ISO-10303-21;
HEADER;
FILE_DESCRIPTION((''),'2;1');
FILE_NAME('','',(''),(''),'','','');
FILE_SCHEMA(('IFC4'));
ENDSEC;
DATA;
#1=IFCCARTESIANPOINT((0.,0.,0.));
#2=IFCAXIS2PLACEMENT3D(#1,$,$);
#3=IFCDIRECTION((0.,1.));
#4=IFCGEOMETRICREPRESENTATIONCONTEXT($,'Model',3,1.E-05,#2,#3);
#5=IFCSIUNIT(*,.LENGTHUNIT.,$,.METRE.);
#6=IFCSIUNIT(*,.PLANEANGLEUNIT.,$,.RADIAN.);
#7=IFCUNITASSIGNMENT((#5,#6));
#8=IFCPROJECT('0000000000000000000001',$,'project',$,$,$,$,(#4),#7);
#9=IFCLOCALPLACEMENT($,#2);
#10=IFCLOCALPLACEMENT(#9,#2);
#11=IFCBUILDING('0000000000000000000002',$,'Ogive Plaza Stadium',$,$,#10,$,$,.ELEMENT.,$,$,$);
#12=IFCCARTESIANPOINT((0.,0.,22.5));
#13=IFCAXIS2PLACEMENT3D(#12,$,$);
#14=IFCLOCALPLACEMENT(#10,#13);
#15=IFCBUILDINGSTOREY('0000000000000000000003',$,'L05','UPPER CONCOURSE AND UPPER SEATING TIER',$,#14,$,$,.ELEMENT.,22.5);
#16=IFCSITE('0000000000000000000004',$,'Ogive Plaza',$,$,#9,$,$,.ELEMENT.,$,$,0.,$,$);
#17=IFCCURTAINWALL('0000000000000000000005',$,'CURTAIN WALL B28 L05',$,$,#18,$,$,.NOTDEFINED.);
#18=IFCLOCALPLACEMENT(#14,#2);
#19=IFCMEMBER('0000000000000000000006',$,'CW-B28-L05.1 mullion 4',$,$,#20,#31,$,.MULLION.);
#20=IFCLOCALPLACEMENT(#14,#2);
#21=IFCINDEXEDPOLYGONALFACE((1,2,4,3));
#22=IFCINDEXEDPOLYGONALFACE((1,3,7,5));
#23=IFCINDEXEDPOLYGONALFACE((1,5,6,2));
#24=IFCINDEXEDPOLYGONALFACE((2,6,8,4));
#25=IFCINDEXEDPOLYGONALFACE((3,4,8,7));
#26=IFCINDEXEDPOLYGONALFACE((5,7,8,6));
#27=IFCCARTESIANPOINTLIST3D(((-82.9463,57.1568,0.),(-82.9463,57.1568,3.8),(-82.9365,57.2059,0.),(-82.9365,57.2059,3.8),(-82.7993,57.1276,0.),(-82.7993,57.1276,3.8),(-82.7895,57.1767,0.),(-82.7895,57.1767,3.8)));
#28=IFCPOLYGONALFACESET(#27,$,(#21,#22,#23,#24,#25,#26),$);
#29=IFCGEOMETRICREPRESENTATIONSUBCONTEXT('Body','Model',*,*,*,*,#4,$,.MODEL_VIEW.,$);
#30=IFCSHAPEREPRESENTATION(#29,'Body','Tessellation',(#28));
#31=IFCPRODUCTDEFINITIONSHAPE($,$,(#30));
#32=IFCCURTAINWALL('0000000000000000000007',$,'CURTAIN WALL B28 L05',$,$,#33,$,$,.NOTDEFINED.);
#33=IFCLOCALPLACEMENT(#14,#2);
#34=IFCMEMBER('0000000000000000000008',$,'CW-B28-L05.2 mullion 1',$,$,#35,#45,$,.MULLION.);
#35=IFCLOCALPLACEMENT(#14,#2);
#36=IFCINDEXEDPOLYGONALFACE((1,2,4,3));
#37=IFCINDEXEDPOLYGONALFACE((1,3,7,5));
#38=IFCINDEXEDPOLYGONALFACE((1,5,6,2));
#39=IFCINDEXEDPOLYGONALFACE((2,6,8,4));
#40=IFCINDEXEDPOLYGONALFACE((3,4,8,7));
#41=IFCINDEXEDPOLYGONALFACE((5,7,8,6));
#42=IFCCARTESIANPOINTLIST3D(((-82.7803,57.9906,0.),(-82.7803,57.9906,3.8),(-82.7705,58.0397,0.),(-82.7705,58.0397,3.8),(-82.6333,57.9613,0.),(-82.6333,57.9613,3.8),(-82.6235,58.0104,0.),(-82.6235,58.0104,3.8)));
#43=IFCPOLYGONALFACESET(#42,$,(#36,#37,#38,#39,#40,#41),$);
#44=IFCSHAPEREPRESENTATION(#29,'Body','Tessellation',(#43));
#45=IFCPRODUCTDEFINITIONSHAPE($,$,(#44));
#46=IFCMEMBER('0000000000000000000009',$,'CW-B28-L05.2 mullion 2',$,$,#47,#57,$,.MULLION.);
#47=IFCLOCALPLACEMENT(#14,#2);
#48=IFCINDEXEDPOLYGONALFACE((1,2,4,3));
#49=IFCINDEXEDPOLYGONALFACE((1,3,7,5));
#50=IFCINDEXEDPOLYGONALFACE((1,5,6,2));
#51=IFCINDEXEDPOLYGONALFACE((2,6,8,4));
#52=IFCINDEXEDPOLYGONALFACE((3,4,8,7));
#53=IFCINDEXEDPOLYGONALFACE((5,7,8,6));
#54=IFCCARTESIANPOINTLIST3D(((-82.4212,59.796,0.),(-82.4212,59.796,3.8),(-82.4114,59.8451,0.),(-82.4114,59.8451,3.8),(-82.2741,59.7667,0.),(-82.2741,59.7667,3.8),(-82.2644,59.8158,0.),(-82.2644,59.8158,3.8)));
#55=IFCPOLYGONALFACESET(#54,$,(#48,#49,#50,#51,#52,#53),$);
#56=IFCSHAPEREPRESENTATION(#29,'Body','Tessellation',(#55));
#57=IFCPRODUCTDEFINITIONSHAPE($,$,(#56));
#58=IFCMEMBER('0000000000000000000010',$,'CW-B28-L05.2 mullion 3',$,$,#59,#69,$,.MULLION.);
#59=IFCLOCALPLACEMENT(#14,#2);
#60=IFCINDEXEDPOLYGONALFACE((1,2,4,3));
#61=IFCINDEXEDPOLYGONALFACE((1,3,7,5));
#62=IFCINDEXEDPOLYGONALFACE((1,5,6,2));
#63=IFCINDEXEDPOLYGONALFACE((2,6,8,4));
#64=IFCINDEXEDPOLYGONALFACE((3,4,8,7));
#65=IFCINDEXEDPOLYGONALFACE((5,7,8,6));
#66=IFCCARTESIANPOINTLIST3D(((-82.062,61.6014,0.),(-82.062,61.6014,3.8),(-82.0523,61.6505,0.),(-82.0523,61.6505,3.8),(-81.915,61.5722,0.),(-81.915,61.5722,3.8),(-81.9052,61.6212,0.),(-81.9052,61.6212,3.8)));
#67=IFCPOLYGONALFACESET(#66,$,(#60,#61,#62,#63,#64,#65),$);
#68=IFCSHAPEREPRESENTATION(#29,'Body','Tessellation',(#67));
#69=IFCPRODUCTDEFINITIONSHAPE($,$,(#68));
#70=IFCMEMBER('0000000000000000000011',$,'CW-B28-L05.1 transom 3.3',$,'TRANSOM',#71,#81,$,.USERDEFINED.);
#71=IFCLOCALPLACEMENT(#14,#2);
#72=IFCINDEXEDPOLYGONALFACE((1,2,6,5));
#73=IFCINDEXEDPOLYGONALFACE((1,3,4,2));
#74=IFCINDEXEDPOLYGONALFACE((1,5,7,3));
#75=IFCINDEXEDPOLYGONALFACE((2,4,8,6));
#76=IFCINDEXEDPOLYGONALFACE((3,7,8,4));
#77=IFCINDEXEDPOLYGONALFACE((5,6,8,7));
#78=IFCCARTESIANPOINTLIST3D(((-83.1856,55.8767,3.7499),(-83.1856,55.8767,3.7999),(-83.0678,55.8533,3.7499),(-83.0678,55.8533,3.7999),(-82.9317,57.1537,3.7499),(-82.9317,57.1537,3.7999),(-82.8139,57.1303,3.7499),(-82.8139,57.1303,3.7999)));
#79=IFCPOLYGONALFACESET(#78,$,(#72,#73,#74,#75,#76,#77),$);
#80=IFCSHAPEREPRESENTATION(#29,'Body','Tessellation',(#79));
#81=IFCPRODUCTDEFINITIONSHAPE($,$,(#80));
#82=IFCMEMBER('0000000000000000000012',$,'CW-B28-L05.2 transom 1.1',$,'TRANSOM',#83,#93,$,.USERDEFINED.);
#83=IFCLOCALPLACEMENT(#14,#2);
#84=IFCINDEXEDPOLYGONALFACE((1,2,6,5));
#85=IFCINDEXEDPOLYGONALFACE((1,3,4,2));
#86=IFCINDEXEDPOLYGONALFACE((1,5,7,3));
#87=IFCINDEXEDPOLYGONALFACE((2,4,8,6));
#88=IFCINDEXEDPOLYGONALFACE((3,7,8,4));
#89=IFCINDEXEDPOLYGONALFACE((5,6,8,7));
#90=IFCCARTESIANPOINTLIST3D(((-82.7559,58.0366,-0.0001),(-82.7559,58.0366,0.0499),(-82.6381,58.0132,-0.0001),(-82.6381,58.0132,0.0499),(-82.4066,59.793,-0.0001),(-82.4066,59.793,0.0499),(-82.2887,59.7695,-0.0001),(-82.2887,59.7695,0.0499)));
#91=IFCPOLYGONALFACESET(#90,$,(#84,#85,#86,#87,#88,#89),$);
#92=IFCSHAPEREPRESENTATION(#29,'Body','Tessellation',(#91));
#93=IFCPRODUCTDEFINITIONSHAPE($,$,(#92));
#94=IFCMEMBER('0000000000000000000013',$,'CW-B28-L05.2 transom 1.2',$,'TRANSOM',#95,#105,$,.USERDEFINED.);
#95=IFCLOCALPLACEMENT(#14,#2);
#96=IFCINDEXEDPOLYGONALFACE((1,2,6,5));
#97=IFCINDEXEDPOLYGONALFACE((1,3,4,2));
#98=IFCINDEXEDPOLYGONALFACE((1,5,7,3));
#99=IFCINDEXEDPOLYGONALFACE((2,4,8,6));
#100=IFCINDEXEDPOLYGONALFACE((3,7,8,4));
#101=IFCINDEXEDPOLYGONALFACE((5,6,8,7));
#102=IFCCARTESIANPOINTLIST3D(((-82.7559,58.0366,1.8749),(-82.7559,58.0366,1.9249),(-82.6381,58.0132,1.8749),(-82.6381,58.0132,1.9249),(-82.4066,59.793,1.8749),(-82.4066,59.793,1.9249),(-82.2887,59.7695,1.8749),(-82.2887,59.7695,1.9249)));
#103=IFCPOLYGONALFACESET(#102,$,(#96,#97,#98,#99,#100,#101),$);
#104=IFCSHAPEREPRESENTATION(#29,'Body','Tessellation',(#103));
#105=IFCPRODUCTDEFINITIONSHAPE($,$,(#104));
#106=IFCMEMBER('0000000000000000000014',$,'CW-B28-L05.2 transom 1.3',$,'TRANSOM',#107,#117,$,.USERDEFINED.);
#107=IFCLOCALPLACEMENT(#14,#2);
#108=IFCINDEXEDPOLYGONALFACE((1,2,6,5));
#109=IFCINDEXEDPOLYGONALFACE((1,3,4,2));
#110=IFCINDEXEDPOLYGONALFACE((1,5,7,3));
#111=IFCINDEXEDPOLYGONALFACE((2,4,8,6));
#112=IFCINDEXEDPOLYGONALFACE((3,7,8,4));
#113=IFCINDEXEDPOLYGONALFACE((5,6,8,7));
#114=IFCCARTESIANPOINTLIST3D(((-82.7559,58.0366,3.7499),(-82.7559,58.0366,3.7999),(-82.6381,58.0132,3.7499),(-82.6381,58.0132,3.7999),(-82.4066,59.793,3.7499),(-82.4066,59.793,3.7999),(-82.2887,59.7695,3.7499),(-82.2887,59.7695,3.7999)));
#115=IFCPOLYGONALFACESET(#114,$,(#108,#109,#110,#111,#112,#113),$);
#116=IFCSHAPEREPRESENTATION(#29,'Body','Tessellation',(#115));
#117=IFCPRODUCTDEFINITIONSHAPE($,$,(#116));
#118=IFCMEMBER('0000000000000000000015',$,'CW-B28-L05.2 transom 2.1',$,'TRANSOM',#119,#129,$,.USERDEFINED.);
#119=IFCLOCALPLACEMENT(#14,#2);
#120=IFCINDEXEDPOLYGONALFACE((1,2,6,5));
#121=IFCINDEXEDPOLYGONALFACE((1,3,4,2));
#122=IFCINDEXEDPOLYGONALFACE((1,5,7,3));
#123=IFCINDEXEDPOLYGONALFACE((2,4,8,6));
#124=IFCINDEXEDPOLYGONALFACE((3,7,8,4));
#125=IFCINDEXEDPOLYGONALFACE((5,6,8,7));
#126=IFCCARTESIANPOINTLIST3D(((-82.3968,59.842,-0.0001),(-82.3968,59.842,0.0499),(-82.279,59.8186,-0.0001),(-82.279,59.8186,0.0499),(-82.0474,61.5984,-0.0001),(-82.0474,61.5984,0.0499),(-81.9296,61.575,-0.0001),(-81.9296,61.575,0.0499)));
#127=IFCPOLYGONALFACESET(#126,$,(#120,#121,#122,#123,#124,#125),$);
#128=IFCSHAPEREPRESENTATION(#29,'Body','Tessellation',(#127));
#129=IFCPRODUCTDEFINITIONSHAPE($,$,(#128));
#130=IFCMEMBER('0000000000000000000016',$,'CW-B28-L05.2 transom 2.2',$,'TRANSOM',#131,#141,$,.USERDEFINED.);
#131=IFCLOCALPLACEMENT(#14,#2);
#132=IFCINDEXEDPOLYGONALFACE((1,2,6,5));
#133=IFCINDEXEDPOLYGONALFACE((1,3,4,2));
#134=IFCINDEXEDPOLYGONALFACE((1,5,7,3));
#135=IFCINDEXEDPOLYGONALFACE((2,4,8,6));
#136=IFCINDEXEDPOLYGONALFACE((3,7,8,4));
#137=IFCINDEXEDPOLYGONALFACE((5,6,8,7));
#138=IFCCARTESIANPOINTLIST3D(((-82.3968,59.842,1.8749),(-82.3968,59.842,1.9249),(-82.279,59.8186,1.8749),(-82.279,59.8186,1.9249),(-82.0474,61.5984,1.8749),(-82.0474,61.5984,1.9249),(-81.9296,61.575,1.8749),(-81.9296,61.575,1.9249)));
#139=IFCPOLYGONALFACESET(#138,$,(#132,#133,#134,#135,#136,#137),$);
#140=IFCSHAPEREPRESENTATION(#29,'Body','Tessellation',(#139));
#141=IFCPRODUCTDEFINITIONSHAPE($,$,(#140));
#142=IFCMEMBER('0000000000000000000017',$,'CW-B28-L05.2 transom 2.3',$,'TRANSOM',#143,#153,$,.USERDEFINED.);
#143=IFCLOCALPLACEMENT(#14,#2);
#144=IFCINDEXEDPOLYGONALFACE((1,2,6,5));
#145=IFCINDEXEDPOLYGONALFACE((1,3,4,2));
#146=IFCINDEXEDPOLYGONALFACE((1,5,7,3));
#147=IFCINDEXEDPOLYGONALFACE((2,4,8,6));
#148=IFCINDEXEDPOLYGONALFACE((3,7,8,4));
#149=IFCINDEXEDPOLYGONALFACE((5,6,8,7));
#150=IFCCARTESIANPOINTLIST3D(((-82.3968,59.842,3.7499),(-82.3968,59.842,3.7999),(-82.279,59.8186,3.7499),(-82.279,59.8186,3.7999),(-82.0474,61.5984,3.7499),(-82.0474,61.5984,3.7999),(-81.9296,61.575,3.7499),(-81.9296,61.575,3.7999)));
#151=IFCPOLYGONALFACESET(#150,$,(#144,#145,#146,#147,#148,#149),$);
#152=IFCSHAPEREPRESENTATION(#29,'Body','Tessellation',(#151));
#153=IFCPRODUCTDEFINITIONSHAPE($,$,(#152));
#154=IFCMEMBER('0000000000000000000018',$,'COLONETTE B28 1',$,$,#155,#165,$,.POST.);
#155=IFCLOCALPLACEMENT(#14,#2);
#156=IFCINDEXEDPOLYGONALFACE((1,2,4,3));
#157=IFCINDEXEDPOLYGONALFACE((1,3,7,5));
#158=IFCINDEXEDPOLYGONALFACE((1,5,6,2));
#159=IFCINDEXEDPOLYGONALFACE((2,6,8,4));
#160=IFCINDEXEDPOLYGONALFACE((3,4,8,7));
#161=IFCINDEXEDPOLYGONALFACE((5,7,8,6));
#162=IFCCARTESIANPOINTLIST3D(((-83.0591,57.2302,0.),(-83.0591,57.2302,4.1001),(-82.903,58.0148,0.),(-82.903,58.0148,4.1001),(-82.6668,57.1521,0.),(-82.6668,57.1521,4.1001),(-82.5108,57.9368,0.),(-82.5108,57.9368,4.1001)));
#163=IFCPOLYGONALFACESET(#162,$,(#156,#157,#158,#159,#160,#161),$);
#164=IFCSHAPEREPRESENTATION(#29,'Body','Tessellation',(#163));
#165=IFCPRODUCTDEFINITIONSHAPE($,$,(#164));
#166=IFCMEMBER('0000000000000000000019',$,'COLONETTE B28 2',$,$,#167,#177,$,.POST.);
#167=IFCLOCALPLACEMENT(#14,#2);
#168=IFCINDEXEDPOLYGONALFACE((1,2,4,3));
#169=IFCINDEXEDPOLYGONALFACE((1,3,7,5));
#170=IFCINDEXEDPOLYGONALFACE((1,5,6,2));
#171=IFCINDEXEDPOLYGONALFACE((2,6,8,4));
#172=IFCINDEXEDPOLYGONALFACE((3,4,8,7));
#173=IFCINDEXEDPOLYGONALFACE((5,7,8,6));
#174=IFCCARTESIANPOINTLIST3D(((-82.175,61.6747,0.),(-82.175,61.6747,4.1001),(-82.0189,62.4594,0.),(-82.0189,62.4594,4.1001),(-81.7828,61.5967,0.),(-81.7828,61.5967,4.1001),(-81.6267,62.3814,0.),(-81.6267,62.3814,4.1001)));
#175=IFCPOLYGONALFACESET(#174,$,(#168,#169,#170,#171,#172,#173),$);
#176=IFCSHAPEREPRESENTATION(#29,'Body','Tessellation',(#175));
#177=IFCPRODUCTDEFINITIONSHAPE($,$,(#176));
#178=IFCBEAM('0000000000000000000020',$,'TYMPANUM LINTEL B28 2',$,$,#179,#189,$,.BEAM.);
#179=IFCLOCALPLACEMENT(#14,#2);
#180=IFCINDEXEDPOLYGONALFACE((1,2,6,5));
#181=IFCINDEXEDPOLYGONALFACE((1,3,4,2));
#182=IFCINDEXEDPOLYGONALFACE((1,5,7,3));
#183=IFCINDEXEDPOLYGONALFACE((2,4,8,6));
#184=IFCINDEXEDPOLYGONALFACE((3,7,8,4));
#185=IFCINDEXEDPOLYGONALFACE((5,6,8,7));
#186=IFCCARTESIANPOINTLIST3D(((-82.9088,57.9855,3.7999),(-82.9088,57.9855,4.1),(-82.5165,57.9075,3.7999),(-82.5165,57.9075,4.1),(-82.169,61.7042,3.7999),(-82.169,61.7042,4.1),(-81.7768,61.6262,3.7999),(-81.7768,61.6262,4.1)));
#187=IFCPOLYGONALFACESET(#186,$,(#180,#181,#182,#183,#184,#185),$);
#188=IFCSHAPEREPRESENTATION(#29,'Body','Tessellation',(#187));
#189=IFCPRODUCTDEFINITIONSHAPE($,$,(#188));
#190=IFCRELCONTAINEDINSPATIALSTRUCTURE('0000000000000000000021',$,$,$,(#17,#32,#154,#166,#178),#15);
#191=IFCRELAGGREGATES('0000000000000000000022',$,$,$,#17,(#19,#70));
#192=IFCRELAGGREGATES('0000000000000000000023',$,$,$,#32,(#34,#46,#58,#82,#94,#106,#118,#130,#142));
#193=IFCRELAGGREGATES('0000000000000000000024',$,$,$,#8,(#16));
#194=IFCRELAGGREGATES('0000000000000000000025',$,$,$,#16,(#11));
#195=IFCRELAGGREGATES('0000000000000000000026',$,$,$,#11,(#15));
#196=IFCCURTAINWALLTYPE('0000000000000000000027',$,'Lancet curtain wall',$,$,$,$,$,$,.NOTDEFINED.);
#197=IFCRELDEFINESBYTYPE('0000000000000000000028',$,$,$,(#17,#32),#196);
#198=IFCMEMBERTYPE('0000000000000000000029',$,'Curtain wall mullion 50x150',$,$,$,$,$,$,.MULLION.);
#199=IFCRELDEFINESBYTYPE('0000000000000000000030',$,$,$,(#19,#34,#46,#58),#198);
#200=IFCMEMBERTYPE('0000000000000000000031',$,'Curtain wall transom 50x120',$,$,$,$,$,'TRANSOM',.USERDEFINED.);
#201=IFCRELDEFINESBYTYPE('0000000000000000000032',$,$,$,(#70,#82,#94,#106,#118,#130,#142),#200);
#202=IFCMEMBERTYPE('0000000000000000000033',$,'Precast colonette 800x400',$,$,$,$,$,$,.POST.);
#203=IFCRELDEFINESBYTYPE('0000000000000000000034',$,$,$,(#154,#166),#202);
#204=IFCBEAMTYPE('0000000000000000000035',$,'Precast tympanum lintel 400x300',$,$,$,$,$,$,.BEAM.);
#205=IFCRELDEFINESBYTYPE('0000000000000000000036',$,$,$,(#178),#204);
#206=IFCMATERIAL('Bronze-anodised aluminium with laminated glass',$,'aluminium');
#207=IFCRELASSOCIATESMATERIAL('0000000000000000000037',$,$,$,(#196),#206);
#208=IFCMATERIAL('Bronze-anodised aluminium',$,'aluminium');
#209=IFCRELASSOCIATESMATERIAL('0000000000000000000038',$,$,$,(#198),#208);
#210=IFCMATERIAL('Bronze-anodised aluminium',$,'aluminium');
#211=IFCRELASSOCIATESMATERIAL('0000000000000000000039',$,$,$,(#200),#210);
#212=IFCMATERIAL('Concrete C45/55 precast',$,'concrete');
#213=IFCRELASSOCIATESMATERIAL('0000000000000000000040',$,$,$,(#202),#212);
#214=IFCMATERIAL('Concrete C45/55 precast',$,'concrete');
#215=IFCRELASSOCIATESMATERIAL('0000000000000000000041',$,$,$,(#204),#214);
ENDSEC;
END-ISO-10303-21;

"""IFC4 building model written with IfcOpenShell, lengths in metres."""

from ifc_helpers import new_model, si_unit, direction, frame, origin, origin_2d, place, context, subcontext, project, spatial, rectangle, extrude, material, material_profile, profile_set, type_object, element, aggregate, save


model = new_model("IFC4")

# Units and contexts
model_context = context("Model", 3, precision=1e-05, world=origin(), true_north=direction((0.0, 1.0)))
body_context = subcontext(model_context, "Body", "Model", "MODEL_VIEW")
ifc_project = project(units=[si_unit("LENGTHUNIT", "METRE"), si_unit("PLANEANGLEUNIT", "RADIAN")], contexts=[model_context])

# Site, building, storey
site_placement = place(None, origin())
site = spatial("IfcSite", under=ifc_project, at=site_placement, Name="Ogive Plaza", CompositionType="ELEMENT", RefElevation=0.0)
building_placement = place(site_placement, origin())
building = spatial("IfcBuilding", under=site, at=building_placement, Name="Ogive Plaza Stadium", CompositionType="ELEMENT")
storey_placement = place(building_placement, frame((0.0, 0.0, 22.5)))
storey = spatial("IfcBuildingStorey", under=building, at=storey_placement, Name="L05", Description="UPPER CONCOURSE AND UPPER SEATING TIER", CompositionType="ELEMENT", Elevation=22.5)

# Curtain wall, member
ifc_material_1 = material(Name="Bronze-anodised aluminium with laminated glass", Category="aluminium")
curtain_wall_type = type_object("IfcCurtainWallType", Name="Lancet curtain wall", PredefinedType="NOTDEFINED", material=ifc_material_1)
curtain_wall_1_placement = place(storey_placement, origin())
curtain_wall_1 = element("IfcCurtainWall", 1, at=curtain_wall_1_placement, inside=storey, type_object=curtain_wall_type, Name="CURTAIN WALL B28 L05", PredefinedType="NOTDEFINED")
ifc_material_2 = material(Name="Bronze-anodised aluminium", Category="aluminium")
ifc_material_profile_1 = material_profile(ifc_material_2, rectangle(XDim=0.1499, YDim=0.05, at=origin_2d()), Name="AL 150x50")
ifc_profile_set_1 = profile_set([ifc_material_profile_1], Name="Bronze-anodised aluminium")
member_type_1 = type_object("IfcMemberType", Name="Curtain wall mullion 50x150", PredefinedType="MULLION", material=ifc_profile_set_1)
member_1_placement = place(storey_placement, frame((-82.8679, 57.1667, 0.0), z_axis=(0.0, 0.0, 1.0), x_axis=(-0.980785, 0.19509, 0.0)))
member_1 = element("IfcMember", 2, at=member_1_placement, type_object=member_type_1, Name="CW-B28-L05.1 mullion 4", PredefinedType="MULLION", context=body_context, shape_type="SweptSolid", body=[
    extrude(rectangle(XDim=0.1499, YDim=0.05, at=origin_2d()), origin(), (0.0, 0.0, 1.0), 3.8),
])

# Curtain wall, members
curtain_wall_2_placement = place(storey_placement, origin())
curtain_wall_2 = element("IfcCurtainWall", 3, at=curtain_wall_2_placement, inside=storey, type_object=curtain_wall_type, Name="CURTAIN WALL B28 L05", PredefinedType="NOTDEFINED")
member_2_placement = place(storey_placement, frame((-82.7019, 58.0005, 0.0), z_axis=(0.0, 0.0, 1.0), x_axis=(-0.980785, 0.19509, 0.0)))
member_2 = element("IfcMember", 4, at=member_2_placement, type_object=member_type_1, Name="CW-B28-L05.2 mullion 1", PredefinedType="MULLION", context=body_context, shape_type="SweptSolid", body=[
    extrude(rectangle(XDim=0.1499, YDim=0.05, at=origin_2d()), origin(), (0.0, 0.0, 1.0), 3.8),
])
member_3_placement = place(storey_placement, frame((-82.3428, 59.8059, 0.0), z_axis=(0.0, 0.0, 1.0), x_axis=(-0.980785, 0.19509, 0.0)))
member_3 = element("IfcMember", 5, at=member_3_placement, type_object=member_type_1, Name="CW-B28-L05.2 mullion 2", PredefinedType="MULLION", context=body_context, shape_type="SweptSolid", body=[
    extrude(rectangle(XDim=0.1499, YDim=0.05, at=origin_2d()), origin(), (0.0, 0.0, 1.0), 3.8),
])
member_4_placement = place(storey_placement, frame((-81.9836, 61.6113, 0.0), z_axis=(0.0, 0.0, 1.0), x_axis=(-0.980785, 0.19509, 0.0)))
member_4 = element("IfcMember", 6, at=member_4_placement, type_object=member_type_1, Name="CW-B28-L05.2 mullion 3", PredefinedType="MULLION", context=body_context, shape_type="SweptSolid", body=[
    extrude(rectangle(XDim=0.1499, YDim=0.05, at=origin_2d()), origin(), (0.0, 0.0, 1.0), 3.8),
])

# Members
ifc_material_3 = material(Name="Bronze-anodised aluminium", Category="aluminium")
ifc_material_profile_2 = material_profile(ifc_material_3, rectangle(XDim=0.1201, YDim=0.05, at=origin_2d()), Name="AL 120x50")
ifc_profile_set_2 = profile_set([ifc_material_profile_2], Name="Bronze-anodised aluminium")
member_type_2 = type_object("IfcMemberType", Name="Curtain wall transom 50x120", ElementType="TRANSOM", PredefinedType="USERDEFINED", material=ifc_profile_set_2)
member_5_placement = place(storey_placement, frame((-83.1267, 55.865, 3.7749), z_axis=(0.194998, 0.980804, 0.0), x_axis=(-0.980804, 0.194998, 0.0)))
member_5 = element("IfcMember", 7, at=member_5_placement, type_object=member_type_2, Name="CW-B28-L05.1 transom 3.3", ObjectType="TRANSOM", PredefinedType="USERDEFINED", context=body_context, shape_type="SweptSolid", body=[
    extrude(rectangle(XDim=0.1201, YDim=0.05, at=origin_2d()), origin(), (0.0, 0.0, 1.0), 1.302),
])
member_6_placement = place(storey_placement, frame((-82.697, 58.0249, 0.0249), z_axis=(0.195094, 0.980785, 0.0), x_axis=(-0.980785, 0.195094, 0.0)))
member_6 = element("IfcMember", 8, at=member_6_placement, type_object=member_type_2, Name="CW-B28-L05.2 transom 1.1", ObjectType="TRANSOM", PredefinedType="USERDEFINED", context=body_context, shape_type="SweptSolid", body=[
    extrude(rectangle(XDim=0.1201, YDim=0.05, at=origin_2d()), origin(), (0.0, 0.0, 1.0), 1.7908),
])
member_7_placement = place(storey_placement, frame((-82.697, 58.0249, 1.8999), z_axis=(0.195094, 0.980785, 0.0), x_axis=(-0.980785, 0.195094, 0.0)))
member_7 = element("IfcMember", 9, at=member_7_placement, type_object=member_type_2, Name="CW-B28-L05.2 transom 1.2", ObjectType="TRANSOM", PredefinedType="USERDEFINED", context=body_context, shape_type="SweptSolid", body=[
    extrude(rectangle(XDim=0.1201, YDim=0.05, at=origin_2d()), origin(), (0.0, 0.0, 1.0), 1.7908),
])
member_8_placement = place(storey_placement, frame((-82.697, 58.0249, 3.7749), z_axis=(0.195094, 0.980785, 0.0), x_axis=(-0.980785, 0.195094, 0.0)))
member_8 = element("IfcMember", 10, at=member_8_placement, type_object=member_type_2, Name="CW-B28-L05.2 transom 1.3", ObjectType="TRANSOM", PredefinedType="USERDEFINED", context=body_context, shape_type="SweptSolid", body=[
    extrude(rectangle(XDim=0.1201, YDim=0.05, at=origin_2d()), origin(), (0.0, 0.0, 1.0), 1.7908),
])
member_9_placement = place(storey_placement, frame((-82.3379, 59.8303, 0.0249), z_axis=(0.195094, 0.980785, 0.0), x_axis=(-0.980785, 0.195094, 0.0)))
member_9 = element("IfcMember", 11, at=member_9_placement, type_object=member_type_2, Name="CW-B28-L05.2 transom 2.1", ObjectType="TRANSOM", PredefinedType="USERDEFINED", context=body_context, shape_type="SweptSolid", body=[
    extrude(rectangle(XDim=0.1201, YDim=0.05, at=origin_2d()), origin(), (0.0, 0.0, 1.0), 1.7908),
])
member_10_placement = place(storey_placement, frame((-82.3379, 59.8303, 1.8999), z_axis=(0.195094, 0.980785, 0.0), x_axis=(-0.980785, 0.195094, 0.0)))
member_10 = element("IfcMember", 12, at=member_10_placement, type_object=member_type_2, Name="CW-B28-L05.2 transom 2.2", ObjectType="TRANSOM", PredefinedType="USERDEFINED", context=body_context, shape_type="SweptSolid", body=[
    extrude(rectangle(XDim=0.1201, YDim=0.05, at=origin_2d()), origin(), (0.0, 0.0, 1.0), 1.7908),
])
member_11_placement = place(storey_placement, frame((-82.3379, 59.8303, 3.7749), z_axis=(0.195094, 0.980785, 0.0), x_axis=(-0.980785, 0.195094, 0.0)))
member_11 = element("IfcMember", 13, at=member_11_placement, type_object=member_type_2, Name="CW-B28-L05.2 transom 2.3", ObjectType="TRANSOM", PredefinedType="USERDEFINED", context=body_context, shape_type="SweptSolid", body=[
    extrude(rectangle(XDim=0.1201, YDim=0.05, at=origin_2d()), origin(), (0.0, 0.0, 1.0), 1.7908),
])

# Members
ifc_material_4 = material(Name="Concrete C45/55 precast", Category="concrete")
ifc_material_profile_3 = material_profile(ifc_material_4, rectangle(XDim=0.3999, YDim=0.8, at=origin_2d()), Name="RC 400x800")
ifc_profile_set_3 = profile_set([ifc_material_profile_3], Name="Concrete C45/55 precast")
member_type_3 = type_object("IfcMemberType", Name="Precast colonette 800x400", PredefinedType="POST", material=ifc_profile_set_3)
for number, where, z_axis, x_axis, name in (
    (14, (-82.7849, 57.5835, 0.0), (0.0, 0.0, 1.0), (-0.980785, 0.19509, 0.0), "COLONETTE B28 1"),
    (15, (-81.9009, 62.0281, 0.0), (0.0, 0.0, 1.0), (-0.980785, 0.19509, 0.0), "COLONETTE B28 2"),
):
    element("IfcMember", number, at=place(storey_placement, frame(where, z_axis=z_axis, x_axis=x_axis)), inside=storey, type_object=member_type_3, Name=name, PredefinedType="POST", context=body_context, shape_type="SweptSolid", body=[
        extrude(rectangle(XDim=0.3999, YDim=0.8, at=origin_2d()), origin(), (0.0, 0.0, 1.0), 4.1001),
    ])

# Beam
ifc_material_5 = material(Name="Concrete C45/55 precast", Category="concrete")
ifc_material_profile_4 = material_profile(ifc_material_5, rectangle(XDim=0.3999, YDim=0.3, at=origin_2d()), Name="RC 400x300")
ifc_profile_set_4 = profile_set([ifc_material_profile_4], Name="Concrete C45/55 precast")
beam_type = type_object("IfcBeamType", Name="Precast tympanum lintel 400x300", PredefinedType="BEAM", material=ifc_profile_set_4)
beam_placement = place(storey_placement, frame((-82.7126, 57.9465, 3.95), z_axis=(0.195101, 0.980783, 0.0), x_axis=(-0.980783, 0.195101, 0.0)))
element("IfcBeam", 16, at=beam_placement, inside=storey, type_object=beam_type, Name="TYMPANUM LINTEL B28 2", PredefinedType="BEAM", context=body_context, shape_type="SweptSolid", body=[
    extrude(rectangle(XDim=0.3999, YDim=0.3, at=origin_2d()), origin(), (0.0, 0.0, 1.0), 3.7915),
])

aggregate(curtain_wall_1, [member_1, member_5])
aggregate(curtain_wall_2, [member_2, member_3, member_4, member_6, member_7, member_8, member_9, member_10, member_11])

save(model, "model.ifc")
